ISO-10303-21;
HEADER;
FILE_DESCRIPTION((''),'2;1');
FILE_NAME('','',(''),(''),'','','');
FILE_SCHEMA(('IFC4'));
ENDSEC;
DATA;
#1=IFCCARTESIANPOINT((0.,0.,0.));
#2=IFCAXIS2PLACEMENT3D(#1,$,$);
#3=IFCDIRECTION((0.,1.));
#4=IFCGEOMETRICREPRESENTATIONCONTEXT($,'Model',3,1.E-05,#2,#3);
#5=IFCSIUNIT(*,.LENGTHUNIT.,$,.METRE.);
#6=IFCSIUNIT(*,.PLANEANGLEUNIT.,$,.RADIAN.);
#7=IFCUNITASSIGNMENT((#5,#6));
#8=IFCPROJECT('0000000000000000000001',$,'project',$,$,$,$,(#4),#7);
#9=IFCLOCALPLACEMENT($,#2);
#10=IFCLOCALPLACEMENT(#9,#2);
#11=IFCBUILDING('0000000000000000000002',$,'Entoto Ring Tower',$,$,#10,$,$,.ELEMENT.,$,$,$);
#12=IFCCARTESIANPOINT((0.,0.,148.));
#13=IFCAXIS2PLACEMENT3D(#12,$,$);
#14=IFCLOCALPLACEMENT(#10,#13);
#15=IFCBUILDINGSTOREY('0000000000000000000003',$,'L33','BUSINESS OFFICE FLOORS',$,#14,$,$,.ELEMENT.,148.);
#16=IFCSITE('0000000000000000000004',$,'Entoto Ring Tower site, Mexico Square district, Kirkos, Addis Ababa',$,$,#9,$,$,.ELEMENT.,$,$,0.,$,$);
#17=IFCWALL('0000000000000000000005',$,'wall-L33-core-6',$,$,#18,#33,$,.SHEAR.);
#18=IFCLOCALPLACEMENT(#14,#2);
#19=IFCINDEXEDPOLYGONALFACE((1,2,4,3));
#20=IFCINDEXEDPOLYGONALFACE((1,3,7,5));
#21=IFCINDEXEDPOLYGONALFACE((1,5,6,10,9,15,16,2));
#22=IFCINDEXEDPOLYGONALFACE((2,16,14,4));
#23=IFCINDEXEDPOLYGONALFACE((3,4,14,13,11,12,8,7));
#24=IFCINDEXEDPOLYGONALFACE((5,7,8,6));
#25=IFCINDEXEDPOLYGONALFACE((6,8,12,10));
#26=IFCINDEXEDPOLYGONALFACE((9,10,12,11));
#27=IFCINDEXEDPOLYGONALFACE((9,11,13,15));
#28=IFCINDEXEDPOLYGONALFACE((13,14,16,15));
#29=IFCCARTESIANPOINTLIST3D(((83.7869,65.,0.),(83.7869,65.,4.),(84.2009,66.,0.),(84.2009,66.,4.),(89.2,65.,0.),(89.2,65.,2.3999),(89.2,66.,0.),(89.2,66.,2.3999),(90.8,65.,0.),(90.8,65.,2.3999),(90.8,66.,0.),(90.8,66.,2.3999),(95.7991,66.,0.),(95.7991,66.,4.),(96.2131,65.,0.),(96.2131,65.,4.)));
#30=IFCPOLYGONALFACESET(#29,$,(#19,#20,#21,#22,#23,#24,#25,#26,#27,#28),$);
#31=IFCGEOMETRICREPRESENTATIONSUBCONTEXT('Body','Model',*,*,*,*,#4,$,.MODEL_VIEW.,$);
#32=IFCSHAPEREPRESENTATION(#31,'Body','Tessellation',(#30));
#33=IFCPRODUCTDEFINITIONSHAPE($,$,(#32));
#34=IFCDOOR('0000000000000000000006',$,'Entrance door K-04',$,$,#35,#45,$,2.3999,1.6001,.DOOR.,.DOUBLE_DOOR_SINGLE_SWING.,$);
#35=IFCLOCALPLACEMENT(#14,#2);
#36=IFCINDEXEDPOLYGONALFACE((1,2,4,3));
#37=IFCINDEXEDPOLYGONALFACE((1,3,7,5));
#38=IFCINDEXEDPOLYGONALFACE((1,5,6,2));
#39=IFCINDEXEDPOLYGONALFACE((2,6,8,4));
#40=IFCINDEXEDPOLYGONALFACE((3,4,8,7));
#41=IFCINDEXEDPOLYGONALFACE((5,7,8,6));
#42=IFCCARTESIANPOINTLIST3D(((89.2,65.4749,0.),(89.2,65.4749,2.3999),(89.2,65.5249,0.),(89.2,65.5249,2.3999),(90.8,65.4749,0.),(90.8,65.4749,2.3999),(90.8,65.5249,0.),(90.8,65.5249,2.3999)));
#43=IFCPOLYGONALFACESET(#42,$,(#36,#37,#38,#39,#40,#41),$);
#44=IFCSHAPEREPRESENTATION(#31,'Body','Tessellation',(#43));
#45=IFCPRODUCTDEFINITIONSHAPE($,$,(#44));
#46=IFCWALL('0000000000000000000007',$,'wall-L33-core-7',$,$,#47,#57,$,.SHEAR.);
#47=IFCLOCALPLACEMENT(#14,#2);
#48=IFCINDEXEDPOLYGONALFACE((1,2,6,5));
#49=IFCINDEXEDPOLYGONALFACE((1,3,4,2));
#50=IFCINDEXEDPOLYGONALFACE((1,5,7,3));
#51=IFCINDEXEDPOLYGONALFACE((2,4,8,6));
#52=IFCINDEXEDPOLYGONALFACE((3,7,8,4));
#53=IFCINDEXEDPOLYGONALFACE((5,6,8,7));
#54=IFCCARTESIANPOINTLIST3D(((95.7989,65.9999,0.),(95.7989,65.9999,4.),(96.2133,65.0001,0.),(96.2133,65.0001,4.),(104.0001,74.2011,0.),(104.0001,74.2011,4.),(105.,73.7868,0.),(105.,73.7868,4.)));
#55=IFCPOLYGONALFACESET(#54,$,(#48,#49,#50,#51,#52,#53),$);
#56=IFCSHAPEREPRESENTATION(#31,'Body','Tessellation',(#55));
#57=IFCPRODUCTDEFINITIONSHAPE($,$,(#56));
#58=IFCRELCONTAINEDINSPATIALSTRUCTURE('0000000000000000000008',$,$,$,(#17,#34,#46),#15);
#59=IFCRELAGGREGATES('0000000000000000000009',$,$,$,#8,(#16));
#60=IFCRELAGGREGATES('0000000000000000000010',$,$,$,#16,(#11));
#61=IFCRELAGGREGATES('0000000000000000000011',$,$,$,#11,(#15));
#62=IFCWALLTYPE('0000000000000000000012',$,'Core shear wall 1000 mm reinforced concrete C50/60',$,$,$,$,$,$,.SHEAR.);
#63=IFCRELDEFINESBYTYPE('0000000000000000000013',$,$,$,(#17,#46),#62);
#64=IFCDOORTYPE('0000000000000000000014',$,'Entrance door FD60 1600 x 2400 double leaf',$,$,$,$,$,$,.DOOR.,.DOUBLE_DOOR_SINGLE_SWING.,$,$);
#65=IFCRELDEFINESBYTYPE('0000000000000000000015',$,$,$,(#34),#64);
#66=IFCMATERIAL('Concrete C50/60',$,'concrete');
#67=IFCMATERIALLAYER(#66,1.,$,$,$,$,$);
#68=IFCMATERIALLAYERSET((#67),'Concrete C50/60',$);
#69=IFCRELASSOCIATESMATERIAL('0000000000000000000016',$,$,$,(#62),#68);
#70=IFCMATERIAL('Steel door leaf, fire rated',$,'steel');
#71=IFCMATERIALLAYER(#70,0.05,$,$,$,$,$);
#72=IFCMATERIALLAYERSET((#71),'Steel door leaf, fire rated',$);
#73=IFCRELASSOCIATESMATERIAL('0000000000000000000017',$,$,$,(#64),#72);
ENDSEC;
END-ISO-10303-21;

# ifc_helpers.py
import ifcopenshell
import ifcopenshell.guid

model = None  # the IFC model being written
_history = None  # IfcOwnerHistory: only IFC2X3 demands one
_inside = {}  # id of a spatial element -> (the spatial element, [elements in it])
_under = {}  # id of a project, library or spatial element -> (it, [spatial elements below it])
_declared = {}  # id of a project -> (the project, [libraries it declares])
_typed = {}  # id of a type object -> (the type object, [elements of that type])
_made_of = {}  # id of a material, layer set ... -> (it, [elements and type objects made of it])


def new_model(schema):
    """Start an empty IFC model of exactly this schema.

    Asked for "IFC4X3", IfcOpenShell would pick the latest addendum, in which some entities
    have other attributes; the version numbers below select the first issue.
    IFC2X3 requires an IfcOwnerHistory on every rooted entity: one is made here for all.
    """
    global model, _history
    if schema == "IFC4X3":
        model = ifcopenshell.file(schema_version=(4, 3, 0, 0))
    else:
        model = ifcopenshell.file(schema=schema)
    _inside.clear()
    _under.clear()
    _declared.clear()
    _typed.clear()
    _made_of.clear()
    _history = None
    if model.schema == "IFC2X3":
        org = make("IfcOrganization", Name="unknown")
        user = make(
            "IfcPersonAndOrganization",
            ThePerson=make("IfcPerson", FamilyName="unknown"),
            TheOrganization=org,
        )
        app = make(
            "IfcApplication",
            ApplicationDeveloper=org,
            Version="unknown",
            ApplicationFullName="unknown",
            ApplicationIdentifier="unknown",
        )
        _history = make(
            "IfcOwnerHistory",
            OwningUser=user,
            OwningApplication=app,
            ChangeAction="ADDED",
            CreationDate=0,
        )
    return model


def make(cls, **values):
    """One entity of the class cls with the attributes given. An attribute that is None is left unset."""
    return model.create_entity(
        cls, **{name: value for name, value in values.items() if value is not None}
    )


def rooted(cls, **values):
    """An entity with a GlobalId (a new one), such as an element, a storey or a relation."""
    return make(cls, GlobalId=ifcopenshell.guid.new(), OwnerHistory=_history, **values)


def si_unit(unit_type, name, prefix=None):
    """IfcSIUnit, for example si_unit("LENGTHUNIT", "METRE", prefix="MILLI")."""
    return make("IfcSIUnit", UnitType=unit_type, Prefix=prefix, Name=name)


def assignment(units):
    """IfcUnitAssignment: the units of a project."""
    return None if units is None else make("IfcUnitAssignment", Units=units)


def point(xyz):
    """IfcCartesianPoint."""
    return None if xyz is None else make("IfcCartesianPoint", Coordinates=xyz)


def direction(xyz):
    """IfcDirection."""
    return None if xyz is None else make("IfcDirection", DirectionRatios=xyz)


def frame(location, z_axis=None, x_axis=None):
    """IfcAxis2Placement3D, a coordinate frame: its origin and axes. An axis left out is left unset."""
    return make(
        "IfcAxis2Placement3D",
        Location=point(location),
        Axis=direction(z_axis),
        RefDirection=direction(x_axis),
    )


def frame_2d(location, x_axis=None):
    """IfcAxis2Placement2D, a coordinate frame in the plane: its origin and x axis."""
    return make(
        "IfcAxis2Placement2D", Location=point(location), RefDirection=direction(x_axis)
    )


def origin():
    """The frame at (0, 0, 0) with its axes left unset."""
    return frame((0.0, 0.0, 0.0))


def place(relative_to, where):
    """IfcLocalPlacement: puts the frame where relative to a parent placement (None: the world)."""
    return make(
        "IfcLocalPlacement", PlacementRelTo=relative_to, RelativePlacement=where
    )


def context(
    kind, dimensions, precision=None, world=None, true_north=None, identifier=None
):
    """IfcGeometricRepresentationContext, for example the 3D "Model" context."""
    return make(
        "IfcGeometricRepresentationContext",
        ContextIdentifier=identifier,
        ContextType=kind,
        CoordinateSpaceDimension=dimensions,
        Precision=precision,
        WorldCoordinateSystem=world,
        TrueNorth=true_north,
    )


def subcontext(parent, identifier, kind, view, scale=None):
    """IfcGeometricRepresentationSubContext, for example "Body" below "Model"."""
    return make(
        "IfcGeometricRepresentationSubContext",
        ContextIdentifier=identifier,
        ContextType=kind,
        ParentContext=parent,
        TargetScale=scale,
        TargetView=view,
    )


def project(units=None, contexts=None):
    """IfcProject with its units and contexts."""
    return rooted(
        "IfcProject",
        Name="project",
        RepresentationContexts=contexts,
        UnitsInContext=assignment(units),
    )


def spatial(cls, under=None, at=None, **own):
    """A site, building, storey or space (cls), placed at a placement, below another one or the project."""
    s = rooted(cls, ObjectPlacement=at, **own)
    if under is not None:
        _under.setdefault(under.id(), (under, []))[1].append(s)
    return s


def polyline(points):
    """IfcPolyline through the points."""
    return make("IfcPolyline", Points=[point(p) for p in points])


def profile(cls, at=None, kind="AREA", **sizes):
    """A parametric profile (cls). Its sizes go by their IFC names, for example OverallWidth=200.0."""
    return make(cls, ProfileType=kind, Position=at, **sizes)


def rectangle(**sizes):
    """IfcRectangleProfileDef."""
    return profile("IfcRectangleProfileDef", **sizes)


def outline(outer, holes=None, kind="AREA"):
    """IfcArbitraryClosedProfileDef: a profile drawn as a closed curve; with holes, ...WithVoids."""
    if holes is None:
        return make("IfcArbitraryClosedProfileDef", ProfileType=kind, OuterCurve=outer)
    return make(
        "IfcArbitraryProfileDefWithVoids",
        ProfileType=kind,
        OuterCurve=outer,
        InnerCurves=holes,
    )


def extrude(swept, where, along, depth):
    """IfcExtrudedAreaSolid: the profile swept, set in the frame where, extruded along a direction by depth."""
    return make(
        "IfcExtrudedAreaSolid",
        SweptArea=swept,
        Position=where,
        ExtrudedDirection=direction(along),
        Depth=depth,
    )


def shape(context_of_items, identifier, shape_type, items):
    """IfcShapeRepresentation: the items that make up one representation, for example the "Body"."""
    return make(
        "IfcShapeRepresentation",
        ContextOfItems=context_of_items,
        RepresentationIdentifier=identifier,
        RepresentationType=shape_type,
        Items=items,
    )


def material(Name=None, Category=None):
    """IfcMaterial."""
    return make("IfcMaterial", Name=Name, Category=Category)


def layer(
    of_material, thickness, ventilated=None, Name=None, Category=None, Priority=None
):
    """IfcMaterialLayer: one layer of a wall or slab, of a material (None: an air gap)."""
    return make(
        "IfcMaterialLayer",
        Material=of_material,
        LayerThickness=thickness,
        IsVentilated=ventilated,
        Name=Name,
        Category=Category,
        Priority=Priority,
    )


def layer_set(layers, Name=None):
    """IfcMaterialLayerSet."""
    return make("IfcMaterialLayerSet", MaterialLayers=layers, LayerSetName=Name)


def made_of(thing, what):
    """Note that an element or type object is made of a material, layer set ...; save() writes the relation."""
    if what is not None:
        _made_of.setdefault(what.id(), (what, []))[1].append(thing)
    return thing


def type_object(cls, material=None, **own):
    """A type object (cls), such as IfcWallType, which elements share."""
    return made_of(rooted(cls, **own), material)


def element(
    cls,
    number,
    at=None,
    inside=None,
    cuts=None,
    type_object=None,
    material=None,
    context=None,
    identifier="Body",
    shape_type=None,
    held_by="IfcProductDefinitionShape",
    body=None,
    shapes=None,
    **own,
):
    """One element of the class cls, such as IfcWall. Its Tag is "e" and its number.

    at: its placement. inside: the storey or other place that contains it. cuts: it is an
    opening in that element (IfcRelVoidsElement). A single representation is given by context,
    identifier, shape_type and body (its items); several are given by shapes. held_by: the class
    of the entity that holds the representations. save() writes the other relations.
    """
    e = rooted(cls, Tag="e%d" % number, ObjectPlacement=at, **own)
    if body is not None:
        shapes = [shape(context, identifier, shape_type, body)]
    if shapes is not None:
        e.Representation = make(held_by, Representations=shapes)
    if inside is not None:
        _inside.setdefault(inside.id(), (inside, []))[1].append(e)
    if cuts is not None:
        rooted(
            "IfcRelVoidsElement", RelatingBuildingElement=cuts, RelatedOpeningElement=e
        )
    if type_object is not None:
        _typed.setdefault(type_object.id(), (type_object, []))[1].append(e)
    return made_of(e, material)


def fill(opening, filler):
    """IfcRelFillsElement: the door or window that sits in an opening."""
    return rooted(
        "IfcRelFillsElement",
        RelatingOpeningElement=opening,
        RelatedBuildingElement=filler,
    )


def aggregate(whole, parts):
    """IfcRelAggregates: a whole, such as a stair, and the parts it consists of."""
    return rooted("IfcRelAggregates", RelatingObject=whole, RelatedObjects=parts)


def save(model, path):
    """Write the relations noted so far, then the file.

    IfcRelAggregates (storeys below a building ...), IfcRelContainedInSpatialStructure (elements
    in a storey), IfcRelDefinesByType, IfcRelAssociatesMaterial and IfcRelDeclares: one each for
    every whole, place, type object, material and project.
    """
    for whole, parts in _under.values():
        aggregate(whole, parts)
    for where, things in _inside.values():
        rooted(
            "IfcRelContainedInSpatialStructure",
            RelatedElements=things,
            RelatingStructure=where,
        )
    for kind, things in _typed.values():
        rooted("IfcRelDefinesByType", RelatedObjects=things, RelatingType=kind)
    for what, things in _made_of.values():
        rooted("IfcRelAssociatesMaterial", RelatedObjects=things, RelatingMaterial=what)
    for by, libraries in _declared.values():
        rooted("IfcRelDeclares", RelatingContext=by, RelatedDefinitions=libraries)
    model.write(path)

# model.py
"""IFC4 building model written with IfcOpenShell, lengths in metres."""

from ifc_helpers import new_model, si_unit, direction, frame, frame_2d, origin, place, context, subcontext, project, spatial, polyline, rectangle, outline, extrude, material, layer, layer_set, type_object, element, fill, save


model = new_model("IFC4")

# Units and contexts
model_context = context("Model", 3, precision=1e-05, world=origin(), true_north=direction((0.0, 1.0)))
body_context = subcontext(model_context, "Body", "Model", "MODEL_VIEW")
ifc_project = project(units=[si_unit("LENGTHUNIT", "METRE"), si_unit("PLANEANGLEUNIT", "RADIAN")], contexts=[model_context])

# Site, building, storey
site_placement = place(None, origin())
site = spatial("IfcSite", under=ifc_project, at=site_placement, Name="Entoto Ring Tower site, Mexico Square district, Kirkos, Addis Ababa", CompositionType="ELEMENT", RefElevation=0.0)
building_placement = place(site_placement, origin())
building = spatial("IfcBuilding", under=site, at=building_placement, Name="Entoto Ring Tower", CompositionType="ELEMENT")
storey_placement = place(building_placement, frame((0.0, 0.0, 148.0)))
storey = spatial("IfcBuildingStorey", under=building, at=storey_placement, Name="L33", Description="BUSINESS OFFICE FLOORS", CompositionType="ELEMENT", Elevation=148.0)

# Wall, opening, door
ifc_material_1 = material(Name="Concrete C50/60", Category="concrete")
ifc_layer_1 = layer(ifc_material_1, 1.0)
ifc_layer_set_1 = layer_set([ifc_layer_1], Name="Concrete C50/60")
wall_type = type_object("IfcWallType", Name="Core shear wall 1000 mm reinforced concrete C50/60", PredefinedType="SHEAR", material=ifc_layer_set_1)
wall_1_placement = place(storey_placement, frame((83.9939, 65.5, 0.0), z_axis=(0.0, 0.0, 1.0), x_axis=(1.0, 0.0, 0.0)))
wall_1 = element("IfcWall", 1, at=wall_1_placement, inside=storey, type_object=wall_type, Name="wall-L33-core-6", PredefinedType="SHEAR", context=body_context, shape_type="SweptSolid", body=[
    extrude(outline(polyline([(-0.207, -0.5), (12.2192, -0.5), (11.8052, 0.5), (0.207, 0.5), (-0.207, -0.5)])), origin(), (0.0, 0.0, 1.0), 4.0),
])
opening_placement = place(wall_1_placement, frame((5.2061, 0.0, 0.0)))
opening = element("IfcOpeningElement", 2, at=opening_placement, cuts=wall_1, PredefinedType="OPENING", context=body_context, shape_type="SweptSolid", body=[
    extrude(rectangle(XDim=1.6001, YDim=2.3999, at=frame_2d((0.8, 1.2))), frame((0.0, 0.51, 0.0), z_axis=(0.0, -1.0, 0.0), x_axis=(1.0, 0.0, 0.0)), (0.0, 0.0, 1.0), 1.02),
])
ifc_material_2 = material(Name="Steel door leaf, fire rated", Category="steel")
ifc_layer_2 = layer(ifc_material_2, 0.05)
ifc_layer_set_2 = layer_set([ifc_layer_2], Name="Steel door leaf, fire rated")
door_type = type_object("IfcDoorType", Name="Entrance door FD60 1600 x 2400 double leaf", OperationType="DOUBLE_DOOR_SINGLE_SWING", PredefinedType="DOOR", material=ifc_layer_set_2)
door_placement = place(opening_placement, origin())
door = element("IfcDoor", 3, at=door_placement, inside=storey, type_object=door_type, Name="Entrance door K-04", OperationType="DOUBLE_DOOR_SINGLE_SWING", OverallHeight=2.3999, OverallWidth=1.6001, PredefinedType="DOOR", context=body_context, shape_type="SweptSolid", body=[
    extrude(rectangle(XDim=1.6001, YDim=2.3999, at=frame_2d((0.8, 1.2))), frame((0.0, 0.0249, 0.0), z_axis=(0.0, -1.0, 0.0), x_axis=(1.0, 0.0, 0.0)), (0.0, 0.0, 1.0), 0.05),
])
fill(opening, door)

# Wall
wall_2_placement = place(storey_placement, frame((96.0061, 65.5, 0.0), z_axis=(0.0, 0.0, 1.0), x_axis=(0.707107, 0.707107, 0.0)))
element("IfcWall", 4, at=wall_2_placement, inside=storey, type_object=wall_type, Name="wall-L33-core-7", PredefinedType="SHEAR", context=body_context, shape_type="SweptSolid", body=[
    extrude(outline(polyline([(-0.207, -0.5), (12.2192, -0.5), (11.8052, 0.5), (0.207, 0.5), (-0.207, -0.5)])), origin(), (0.0, 0.0, 1.0), 4.0),
])

save(model, "model.ifc")
